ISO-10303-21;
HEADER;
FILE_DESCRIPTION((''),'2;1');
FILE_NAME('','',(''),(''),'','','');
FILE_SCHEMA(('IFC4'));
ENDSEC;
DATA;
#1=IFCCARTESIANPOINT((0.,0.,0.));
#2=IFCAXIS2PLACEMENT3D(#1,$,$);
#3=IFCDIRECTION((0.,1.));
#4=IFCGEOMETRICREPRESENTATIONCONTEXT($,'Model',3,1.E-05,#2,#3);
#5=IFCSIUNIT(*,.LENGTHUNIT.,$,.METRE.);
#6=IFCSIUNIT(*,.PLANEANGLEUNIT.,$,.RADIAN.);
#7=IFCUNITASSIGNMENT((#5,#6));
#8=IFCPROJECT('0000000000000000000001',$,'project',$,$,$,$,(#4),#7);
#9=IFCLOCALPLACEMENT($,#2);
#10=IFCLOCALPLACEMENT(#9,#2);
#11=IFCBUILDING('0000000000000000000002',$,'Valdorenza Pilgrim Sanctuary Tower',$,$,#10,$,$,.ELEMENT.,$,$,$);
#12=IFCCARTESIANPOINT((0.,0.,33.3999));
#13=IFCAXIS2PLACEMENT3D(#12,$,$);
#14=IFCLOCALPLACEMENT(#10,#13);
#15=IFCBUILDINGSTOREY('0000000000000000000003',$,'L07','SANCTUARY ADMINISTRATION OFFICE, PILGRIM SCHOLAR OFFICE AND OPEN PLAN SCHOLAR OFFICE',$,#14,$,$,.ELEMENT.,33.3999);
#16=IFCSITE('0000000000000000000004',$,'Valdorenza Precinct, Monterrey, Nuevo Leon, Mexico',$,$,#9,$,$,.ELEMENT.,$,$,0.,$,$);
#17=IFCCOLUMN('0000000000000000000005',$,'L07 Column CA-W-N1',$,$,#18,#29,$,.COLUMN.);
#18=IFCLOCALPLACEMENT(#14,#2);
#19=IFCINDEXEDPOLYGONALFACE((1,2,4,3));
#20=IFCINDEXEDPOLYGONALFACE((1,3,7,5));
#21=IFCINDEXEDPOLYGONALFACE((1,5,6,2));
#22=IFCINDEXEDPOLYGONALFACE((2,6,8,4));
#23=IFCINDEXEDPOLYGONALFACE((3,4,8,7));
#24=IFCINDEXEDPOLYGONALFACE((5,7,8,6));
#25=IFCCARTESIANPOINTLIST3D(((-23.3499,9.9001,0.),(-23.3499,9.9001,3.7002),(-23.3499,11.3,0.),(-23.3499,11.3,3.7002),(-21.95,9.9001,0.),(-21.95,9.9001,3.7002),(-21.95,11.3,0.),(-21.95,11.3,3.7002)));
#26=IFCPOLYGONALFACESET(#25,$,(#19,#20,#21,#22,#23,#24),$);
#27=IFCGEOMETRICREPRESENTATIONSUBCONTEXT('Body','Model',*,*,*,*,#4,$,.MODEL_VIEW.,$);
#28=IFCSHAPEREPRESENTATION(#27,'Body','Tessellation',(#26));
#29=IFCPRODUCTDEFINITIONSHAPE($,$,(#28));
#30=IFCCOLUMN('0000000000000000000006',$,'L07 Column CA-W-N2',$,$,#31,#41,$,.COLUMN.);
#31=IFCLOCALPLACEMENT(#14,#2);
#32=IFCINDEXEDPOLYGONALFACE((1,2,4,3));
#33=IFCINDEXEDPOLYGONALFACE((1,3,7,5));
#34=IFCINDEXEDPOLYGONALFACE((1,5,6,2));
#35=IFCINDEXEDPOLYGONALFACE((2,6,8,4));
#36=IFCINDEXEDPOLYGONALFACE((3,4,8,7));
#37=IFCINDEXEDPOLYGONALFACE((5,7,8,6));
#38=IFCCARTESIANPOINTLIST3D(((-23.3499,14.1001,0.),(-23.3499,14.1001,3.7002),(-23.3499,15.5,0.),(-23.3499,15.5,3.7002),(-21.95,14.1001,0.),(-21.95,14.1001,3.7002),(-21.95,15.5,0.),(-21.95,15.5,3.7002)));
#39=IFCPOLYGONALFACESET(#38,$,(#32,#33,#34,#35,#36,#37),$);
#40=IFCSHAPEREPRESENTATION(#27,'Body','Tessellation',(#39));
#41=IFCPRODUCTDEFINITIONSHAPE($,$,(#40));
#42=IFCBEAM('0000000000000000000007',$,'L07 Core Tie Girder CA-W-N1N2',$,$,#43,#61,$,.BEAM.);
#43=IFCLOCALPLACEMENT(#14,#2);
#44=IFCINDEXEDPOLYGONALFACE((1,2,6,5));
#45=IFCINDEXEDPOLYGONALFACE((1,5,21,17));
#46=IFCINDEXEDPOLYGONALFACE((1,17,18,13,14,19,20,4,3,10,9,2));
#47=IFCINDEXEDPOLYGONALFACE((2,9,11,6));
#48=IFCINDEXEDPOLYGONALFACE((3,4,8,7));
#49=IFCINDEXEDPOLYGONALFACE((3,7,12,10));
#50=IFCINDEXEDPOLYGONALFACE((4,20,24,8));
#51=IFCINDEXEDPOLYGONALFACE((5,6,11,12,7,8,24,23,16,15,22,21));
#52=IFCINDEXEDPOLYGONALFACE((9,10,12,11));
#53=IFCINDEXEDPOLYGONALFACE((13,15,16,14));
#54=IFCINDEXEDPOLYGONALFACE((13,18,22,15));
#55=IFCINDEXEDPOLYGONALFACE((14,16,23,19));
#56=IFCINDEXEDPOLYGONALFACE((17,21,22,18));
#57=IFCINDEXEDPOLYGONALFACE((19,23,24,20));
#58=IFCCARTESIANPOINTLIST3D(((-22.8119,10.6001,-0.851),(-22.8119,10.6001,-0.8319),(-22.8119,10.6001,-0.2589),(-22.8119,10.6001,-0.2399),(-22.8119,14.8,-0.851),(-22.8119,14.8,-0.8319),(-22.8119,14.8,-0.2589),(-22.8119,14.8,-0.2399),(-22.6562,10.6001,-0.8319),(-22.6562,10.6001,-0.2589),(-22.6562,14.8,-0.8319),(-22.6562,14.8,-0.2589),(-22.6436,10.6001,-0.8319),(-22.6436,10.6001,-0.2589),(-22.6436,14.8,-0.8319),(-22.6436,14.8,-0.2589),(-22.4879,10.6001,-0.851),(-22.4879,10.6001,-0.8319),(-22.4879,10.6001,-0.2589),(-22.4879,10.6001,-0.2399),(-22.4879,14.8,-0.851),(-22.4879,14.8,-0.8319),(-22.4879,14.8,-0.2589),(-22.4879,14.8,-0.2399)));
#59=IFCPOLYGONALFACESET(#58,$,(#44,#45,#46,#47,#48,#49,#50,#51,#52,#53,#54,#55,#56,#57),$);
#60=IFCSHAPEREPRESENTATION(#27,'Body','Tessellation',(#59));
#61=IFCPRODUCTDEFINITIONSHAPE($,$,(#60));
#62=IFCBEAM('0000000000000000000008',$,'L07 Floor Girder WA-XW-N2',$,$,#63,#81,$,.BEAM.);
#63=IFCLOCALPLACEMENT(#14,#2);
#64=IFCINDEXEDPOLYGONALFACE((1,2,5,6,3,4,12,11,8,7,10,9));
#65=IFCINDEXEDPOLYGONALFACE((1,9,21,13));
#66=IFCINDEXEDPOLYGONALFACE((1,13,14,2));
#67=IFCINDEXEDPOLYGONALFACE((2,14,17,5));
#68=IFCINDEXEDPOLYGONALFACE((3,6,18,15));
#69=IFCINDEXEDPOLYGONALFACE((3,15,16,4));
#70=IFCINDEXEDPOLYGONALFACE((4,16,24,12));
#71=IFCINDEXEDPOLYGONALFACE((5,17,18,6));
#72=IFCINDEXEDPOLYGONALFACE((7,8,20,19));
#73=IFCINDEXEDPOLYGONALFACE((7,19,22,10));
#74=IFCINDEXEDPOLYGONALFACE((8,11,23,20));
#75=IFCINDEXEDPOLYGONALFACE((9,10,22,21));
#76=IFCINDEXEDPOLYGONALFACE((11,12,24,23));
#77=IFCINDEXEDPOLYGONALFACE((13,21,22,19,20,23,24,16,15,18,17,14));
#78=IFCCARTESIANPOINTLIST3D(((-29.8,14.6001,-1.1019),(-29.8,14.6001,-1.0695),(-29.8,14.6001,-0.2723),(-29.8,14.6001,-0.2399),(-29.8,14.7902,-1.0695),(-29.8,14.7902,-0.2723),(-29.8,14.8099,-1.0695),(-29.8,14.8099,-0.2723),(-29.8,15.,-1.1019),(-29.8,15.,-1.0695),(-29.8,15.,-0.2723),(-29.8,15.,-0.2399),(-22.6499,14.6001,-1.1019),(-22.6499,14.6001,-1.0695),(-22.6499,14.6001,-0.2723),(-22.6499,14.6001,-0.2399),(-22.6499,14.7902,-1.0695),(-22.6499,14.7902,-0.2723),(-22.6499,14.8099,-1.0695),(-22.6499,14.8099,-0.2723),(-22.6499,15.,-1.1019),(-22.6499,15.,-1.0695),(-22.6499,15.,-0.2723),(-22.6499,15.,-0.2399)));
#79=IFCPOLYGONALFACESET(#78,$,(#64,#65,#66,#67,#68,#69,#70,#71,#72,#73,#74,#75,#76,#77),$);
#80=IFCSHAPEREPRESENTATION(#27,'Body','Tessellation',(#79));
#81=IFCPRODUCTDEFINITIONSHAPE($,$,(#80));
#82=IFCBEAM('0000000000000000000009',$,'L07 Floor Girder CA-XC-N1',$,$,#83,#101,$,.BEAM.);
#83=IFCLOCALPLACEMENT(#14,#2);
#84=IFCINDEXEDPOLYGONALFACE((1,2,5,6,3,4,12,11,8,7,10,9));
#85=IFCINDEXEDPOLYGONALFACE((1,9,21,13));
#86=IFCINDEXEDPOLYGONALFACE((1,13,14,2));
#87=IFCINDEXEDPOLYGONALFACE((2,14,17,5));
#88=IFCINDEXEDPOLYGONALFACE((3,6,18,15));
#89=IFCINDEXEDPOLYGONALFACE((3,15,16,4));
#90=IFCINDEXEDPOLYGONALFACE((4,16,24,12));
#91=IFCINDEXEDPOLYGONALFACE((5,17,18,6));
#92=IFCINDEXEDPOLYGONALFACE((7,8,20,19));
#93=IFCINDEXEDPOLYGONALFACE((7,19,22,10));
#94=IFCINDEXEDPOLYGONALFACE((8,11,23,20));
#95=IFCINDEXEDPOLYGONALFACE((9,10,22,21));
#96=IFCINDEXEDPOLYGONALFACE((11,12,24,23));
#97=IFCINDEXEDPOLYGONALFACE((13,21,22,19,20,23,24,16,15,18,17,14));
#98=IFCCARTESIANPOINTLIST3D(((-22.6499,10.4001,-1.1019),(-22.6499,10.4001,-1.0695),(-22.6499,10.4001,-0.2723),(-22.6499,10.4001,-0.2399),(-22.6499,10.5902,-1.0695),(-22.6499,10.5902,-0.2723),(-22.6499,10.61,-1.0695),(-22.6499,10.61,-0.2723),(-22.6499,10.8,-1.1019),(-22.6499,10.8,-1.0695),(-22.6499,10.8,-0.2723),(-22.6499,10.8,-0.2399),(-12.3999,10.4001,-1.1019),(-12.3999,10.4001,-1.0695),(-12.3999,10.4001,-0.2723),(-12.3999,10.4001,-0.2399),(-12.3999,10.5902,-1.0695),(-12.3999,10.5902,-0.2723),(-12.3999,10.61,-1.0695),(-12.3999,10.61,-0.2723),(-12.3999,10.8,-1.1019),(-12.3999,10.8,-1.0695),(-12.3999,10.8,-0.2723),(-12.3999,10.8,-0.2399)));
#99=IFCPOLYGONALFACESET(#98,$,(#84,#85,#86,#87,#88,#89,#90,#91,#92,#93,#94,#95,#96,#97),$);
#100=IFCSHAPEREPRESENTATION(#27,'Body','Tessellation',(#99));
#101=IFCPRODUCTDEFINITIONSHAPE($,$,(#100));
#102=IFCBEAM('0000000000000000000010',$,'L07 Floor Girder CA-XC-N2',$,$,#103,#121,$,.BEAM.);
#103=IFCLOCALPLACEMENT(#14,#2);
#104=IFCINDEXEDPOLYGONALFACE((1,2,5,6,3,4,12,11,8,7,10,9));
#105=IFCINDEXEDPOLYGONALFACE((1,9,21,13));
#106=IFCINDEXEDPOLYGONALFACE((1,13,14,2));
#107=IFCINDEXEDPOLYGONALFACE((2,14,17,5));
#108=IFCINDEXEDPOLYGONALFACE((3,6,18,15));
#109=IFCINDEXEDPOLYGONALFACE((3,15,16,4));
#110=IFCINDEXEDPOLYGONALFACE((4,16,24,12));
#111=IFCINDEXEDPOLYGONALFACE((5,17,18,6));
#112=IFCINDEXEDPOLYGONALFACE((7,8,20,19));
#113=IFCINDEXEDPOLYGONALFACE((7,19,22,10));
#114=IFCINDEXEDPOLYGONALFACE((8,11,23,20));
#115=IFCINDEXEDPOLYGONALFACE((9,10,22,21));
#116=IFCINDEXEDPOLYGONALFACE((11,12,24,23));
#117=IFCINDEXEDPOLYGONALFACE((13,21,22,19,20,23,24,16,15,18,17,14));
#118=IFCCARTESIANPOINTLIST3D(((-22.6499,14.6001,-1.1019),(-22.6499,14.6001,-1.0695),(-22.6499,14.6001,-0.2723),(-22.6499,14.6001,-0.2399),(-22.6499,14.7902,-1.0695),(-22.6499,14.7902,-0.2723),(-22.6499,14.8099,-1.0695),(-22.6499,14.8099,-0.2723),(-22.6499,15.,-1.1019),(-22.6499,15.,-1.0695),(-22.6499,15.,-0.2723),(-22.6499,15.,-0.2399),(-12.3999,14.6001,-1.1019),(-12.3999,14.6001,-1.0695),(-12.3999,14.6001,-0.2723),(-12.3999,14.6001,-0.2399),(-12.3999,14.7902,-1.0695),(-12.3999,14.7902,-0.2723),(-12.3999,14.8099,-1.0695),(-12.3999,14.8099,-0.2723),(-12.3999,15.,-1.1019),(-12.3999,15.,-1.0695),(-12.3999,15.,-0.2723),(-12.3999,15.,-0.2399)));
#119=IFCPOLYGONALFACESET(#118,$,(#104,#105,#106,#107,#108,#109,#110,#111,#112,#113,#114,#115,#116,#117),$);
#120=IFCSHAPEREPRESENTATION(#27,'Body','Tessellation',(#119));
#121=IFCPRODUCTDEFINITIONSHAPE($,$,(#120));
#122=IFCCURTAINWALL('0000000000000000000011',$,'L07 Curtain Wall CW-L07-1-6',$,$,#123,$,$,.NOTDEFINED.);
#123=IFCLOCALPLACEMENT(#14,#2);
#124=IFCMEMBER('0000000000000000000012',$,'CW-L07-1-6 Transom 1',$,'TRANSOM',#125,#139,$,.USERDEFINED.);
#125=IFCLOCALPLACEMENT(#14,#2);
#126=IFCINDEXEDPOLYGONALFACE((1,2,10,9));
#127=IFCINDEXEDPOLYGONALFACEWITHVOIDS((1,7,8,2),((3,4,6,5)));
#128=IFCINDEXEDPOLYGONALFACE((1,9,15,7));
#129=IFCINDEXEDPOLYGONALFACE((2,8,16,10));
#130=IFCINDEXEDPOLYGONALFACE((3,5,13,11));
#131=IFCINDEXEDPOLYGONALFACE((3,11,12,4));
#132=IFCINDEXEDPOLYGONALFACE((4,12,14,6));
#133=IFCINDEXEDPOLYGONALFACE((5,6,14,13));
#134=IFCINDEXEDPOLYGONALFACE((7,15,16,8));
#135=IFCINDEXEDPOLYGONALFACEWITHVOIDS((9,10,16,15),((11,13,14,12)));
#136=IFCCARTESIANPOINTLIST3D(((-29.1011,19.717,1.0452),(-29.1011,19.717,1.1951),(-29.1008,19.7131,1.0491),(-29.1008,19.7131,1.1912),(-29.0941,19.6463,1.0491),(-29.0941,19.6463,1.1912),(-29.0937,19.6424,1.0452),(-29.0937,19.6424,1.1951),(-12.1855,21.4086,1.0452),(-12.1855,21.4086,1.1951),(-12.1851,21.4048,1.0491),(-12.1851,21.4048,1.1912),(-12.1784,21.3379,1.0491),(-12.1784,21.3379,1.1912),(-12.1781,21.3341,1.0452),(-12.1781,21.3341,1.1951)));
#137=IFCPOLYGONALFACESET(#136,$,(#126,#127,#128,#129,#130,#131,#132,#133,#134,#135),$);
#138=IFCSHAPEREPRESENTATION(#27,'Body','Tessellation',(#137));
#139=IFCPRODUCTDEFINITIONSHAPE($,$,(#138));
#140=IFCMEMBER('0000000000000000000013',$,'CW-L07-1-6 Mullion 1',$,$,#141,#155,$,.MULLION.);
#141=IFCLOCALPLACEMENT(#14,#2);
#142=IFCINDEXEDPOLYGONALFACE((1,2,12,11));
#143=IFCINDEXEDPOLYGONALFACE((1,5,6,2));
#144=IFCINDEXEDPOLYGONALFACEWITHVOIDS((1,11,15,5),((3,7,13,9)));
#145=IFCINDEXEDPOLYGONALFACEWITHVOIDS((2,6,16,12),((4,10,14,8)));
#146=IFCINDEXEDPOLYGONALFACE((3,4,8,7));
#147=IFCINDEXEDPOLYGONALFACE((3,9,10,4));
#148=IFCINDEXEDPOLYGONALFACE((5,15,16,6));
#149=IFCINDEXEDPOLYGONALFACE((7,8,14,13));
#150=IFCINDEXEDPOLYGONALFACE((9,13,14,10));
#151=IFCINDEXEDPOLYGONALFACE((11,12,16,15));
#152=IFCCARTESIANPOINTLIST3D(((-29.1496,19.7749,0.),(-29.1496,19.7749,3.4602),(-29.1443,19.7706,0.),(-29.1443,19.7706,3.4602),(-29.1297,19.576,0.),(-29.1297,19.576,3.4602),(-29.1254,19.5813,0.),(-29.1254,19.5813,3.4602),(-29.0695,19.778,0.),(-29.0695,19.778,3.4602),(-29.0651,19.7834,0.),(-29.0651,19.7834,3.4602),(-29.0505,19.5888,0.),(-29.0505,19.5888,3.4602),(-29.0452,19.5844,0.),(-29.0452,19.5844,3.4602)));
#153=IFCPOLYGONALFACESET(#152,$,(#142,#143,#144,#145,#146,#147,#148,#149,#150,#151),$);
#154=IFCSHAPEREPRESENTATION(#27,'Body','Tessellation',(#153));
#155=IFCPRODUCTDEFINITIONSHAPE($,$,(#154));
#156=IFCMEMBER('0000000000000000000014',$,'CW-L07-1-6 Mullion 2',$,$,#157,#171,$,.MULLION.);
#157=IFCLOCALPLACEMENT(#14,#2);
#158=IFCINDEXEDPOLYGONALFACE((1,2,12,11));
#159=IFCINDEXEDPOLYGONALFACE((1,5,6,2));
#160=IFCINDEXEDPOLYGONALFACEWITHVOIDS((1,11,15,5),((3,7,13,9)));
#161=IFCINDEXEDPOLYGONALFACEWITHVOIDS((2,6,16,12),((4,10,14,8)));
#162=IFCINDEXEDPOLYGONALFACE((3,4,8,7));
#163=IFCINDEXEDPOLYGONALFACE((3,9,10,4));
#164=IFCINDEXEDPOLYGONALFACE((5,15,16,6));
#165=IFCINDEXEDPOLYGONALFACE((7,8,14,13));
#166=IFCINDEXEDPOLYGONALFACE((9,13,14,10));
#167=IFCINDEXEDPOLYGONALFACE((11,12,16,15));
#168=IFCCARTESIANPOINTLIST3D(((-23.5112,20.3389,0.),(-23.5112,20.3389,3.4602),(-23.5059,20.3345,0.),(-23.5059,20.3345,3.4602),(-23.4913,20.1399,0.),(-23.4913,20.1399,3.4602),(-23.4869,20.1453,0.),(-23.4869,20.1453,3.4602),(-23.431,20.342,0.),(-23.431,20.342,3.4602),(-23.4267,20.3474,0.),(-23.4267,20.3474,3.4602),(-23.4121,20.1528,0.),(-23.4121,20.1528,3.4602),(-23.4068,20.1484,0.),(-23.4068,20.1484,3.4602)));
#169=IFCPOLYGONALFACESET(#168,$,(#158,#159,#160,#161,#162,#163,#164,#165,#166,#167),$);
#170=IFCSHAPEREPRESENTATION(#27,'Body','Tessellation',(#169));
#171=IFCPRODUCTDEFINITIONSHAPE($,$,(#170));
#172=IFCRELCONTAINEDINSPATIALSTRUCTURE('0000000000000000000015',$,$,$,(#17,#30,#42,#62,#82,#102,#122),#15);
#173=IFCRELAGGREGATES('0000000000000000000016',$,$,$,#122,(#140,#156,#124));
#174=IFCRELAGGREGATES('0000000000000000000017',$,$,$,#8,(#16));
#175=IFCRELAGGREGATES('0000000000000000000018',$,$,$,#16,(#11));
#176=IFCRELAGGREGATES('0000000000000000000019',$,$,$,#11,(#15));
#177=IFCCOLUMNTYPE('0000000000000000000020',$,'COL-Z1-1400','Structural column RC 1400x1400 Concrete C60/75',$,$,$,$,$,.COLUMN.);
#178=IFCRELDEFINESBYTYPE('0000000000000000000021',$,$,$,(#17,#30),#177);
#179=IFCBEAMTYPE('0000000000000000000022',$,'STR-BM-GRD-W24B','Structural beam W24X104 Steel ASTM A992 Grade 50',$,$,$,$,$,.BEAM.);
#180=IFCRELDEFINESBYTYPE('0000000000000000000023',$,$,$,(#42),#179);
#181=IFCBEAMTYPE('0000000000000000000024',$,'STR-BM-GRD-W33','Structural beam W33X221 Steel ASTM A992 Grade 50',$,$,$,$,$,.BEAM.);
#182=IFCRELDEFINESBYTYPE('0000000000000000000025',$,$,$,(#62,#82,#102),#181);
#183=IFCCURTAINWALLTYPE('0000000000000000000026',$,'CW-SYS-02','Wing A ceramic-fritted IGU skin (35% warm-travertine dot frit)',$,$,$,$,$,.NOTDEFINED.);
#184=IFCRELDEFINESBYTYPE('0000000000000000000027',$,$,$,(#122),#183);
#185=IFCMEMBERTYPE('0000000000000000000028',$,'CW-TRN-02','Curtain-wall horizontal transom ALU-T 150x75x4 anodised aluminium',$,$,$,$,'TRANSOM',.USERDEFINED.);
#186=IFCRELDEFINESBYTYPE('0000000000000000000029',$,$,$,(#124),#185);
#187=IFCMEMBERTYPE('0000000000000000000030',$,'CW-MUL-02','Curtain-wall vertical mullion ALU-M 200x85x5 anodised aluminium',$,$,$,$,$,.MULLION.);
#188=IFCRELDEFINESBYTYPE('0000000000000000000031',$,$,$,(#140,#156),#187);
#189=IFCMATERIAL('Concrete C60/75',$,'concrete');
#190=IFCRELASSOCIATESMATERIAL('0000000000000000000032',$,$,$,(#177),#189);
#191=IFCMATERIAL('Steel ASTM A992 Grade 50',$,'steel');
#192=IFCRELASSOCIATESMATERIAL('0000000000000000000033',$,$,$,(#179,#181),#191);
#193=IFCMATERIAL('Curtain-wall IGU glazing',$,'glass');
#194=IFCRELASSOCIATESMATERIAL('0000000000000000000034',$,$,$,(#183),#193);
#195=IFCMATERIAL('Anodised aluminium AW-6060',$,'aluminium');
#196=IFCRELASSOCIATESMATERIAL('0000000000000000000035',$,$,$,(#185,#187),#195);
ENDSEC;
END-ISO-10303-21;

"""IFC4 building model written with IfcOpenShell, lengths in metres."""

from ifc_helpers import new_model, si_unit, direction, frame, origin, origin_2d, place, context, subcontext, project, spatial, rectangle, hollow_rectangle, i_section, extrude, source, transform, mapped, material, material_profile, profile_set, type_object, element, aggregate, save


model = new_model("IFC4")

# Units and contexts
model_context = context("Model", 3, precision=1e-05, world=origin(), true_north=direction((0.0, 1.0)))
body_context = subcontext(model_context, "Body", "Model", "MODEL_VIEW")
ifc_project = project(units=[si_unit("LENGTHUNIT", "METRE"), si_unit("PLANEANGLEUNIT", "RADIAN")], contexts=[model_context])

# Site, building, storey
site_placement = place(None, origin())
site = spatial("IfcSite", under=ifc_project, at=site_placement, Name="Valdorenza Precinct, Monterrey, Nuevo Leon, Mexico", CompositionType="ELEMENT", RefElevation=0.0)
building_placement = place(site_placement, origin())
building = spatial("IfcBuilding", under=site, at=building_placement, Name="Valdorenza Pilgrim Sanctuary Tower", CompositionType="ELEMENT")
storey_placement = place(building_placement, frame((0.0, 0.0, 33.3999)))
storey = spatial("IfcBuildingStorey", under=building, at=storey_placement, Name="L07", Description="SANCTUARY ADMINISTRATION OFFICE, PILGRIM SCHOLAR OFFICE AND OPEN PLAN SCHOLAR OFFICE", CompositionType="ELEMENT", Elevation=33.3999)

# Columns
ifc_material_1 = material(Name="Concrete C60/75", Category="concrete")
ifc_material_profile_1 = material_profile(ifc_material_1, rectangle(XDim=1.3999, YDim=1.3999, at=origin_2d()), Name="RC 1400x1400")
ifc_profile_set_1 = profile_set([ifc_material_profile_1], Name="Concrete C60/75")
column_type = type_object("IfcColumnType", Name="COL-Z1-1400", Description="Structural column RC 1400x1400 Concrete C60/75", PredefinedType="COLUMN", material=ifc_profile_set_1)
shared_shape_1 = source(origin(), body_context, "Body", "SweptSolid", [
    extrude(rectangle(XDim=1.3999, YDim=1.3999, at=origin_2d()), origin(), (0.0, 0.0, 1.0), 3.7002),
])
for number, where, z_axis, x_axis, name in (
    (1, (-22.6499, 10.6001, 0.0), (0.0, 0.0, 1.0), (1.0, 0.0, 0.0), "L07 Column CA-W-N1"),
    (2, (-22.6499, 14.8, 0.0), (0.0, 0.0, 1.0), (1.0, 0.0, 0.0), "L07 Column CA-W-N2"),
):
    element("IfcColumn", number, at=place(storey_placement, frame(where, z_axis=z_axis, x_axis=x_axis)), inside=storey, type_object=column_type, Name=name, PredefinedType="COLUMN", context=body_context, shape_type="MappedRepresentation", body=[
        mapped(shared_shape_1, transform((0.0, 0.0, 0.0), x_axis=(1.0, 0.0, 0.0), y_axis=(0.0, 1.0, 0.0), z_axis=(0.0, 0.0, 1.0), scale=1.0)),
    ])

# Beams
ifc_material_2 = material(Name="Steel ASTM A992 Grade 50", Category="steel")
ifc_material_profile_2 = material_profile(ifc_material_2, i_section(OverallWidth=0.324, OverallDepth=0.6111, WebThickness=0.0127, FlangeThickness=0.019, at=origin_2d()), Name="W24X104")
ifc_profile_set_2 = profile_set([ifc_material_profile_2], Name="Steel ASTM A992 Grade 50")
beam_type_1 = type_object("IfcBeamType", Name="STR-BM-GRD-W24B", Description="Structural beam W24X104 Steel ASTM A992 Grade 50", PredefinedType="BEAM", material=ifc_profile_set_2)
shared_shape_2 = source(origin(), body_context, "Body", "SweptSolid", [
    extrude(i_section(OverallWidth=0.324, OverallDepth=0.6111, WebThickness=0.0127, FlangeThickness=0.019, at=origin_2d()), origin(), (0.0, 0.0, 1.0), 4.2),
])
beam_1_placement = place(storey_placement, frame((-22.6499, 10.6001, -0.5454), z_axis=(0.0, 1.0, 0.0), x_axis=(-1.0, 0.0, 0.0)))
element("IfcBeam", 3, at=beam_1_placement, inside=storey, type_object=beam_type_1, Name="L07 Core Tie Girder CA-W-N1N2", PredefinedType="BEAM", context=body_context, shape_type="MappedRepresentation", body=[
    mapped(shared_shape_2, transform((0.0, 0.0, 0.0), x_axis=(1.0, 0.0, 0.0), y_axis=(0.0, 1.0, 0.0), z_axis=(0.0, 0.0, 1.0), scale=1.0)),
])
ifc_material_profile_3 = material_profile(ifc_material_2, i_section(OverallWidth=0.3999, OverallDepth=0.8621, WebThickness=0.0198, FlangeThickness=0.0325, at=origin_2d()), Name="W33X221")
ifc_profile_set_3 = profile_set([ifc_material_profile_3], Name="Steel ASTM A992 Grade 50")
beam_type_2 = type_object("IfcBeamType", Name="STR-BM-GRD-W33", Description="Structural beam W33X221 Steel ASTM A992 Grade 50", PredefinedType="BEAM", material=ifc_profile_set_3)
shared_shape_3 = source(origin(), body_context, "Body", "SweptSolid", [
    extrude(i_section(OverallWidth=0.3999, OverallDepth=0.8621, WebThickness=0.0198, FlangeThickness=0.0325, at=origin_2d()), origin(), (0.0, 0.0, 1.0), 7.1501),
])
beam_2_placement = place(storey_placement, frame((-29.8, 14.8, -0.6709), z_axis=(1.0, 0.0, 0.0), x_axis=(0.0, 1.0, 0.0)))
element("IfcBeam", 4, at=beam_2_placement, inside=storey, type_object=beam_type_2, Name="L07 Floor Girder WA-XW-N2", PredefinedType="BEAM", context=body_context, shape_type="MappedRepresentation", body=[
    mapped(shared_shape_3, transform((0.0, 0.0, 0.0), x_axis=(1.0, 0.0, 0.0), y_axis=(0.0, 1.0, 0.0), z_axis=(0.0, 0.0, 1.0), scale=1.0)),
])
shared_shape_4 = source(origin(), body_context, "Body", "SweptSolid", [
    extrude(i_section(OverallWidth=0.3999, OverallDepth=0.8621, WebThickness=0.0198, FlangeThickness=0.0325, at=origin_2d()), origin(), (0.0, 0.0, 1.0), 10.25),
])
for number, where, z_axis, x_axis, name in (
    (5, (-22.6499, 10.6001, -0.6709), (1.0, 0.0, 0.0), (0.0, 1.0, 0.0), "L07 Floor Girder CA-XC-N1"),
    (6, (-22.6499, 14.8, -0.6709), (1.0, 0.0, 0.0), (0.0, 1.0, 0.0), "L07 Floor Girder CA-XC-N2"),
):
    element("IfcBeam", number, at=place(storey_placement, frame(where, z_axis=z_axis, x_axis=x_axis)), inside=storey, type_object=beam_type_2, Name=name, PredefinedType="BEAM", context=body_context, shape_type="MappedRepresentation", body=[
        mapped(shared_shape_4, transform((0.0, 0.0, 0.0), x_axis=(1.0, 0.0, 0.0), y_axis=(0.0, 1.0, 0.0), z_axis=(0.0, 0.0, 1.0), scale=1.0)),
    ])

# Curtain wall, members
ifc_material_3 = material(Name="Curtain-wall IGU glazing", Category="glass")
curtain_wall_type = type_object("IfcCurtainWallType", Name="CW-SYS-02", Description="Wing A ceramic-fritted IGU skin (35% warm-travertine dot frit)", PredefinedType="NOTDEFINED", material=ifc_material_3)
curtain_wall_placement = place(storey_placement, origin())
curtain_wall = element("IfcCurtainWall", 7, at=curtain_wall_placement, inside=storey, type_object=curtain_wall_type, Name="L07 Curtain Wall CW-L07-1-6", PredefinedType="NOTDEFINED")
ifc_material_4 = material(Name="Anodised aluminium AW-6060", Category="aluminium")
ifc_material_profile_4 = material_profile(ifc_material_4, hollow_rectangle(XDim=0.075, YDim=0.1499, WallThickness=0.0039, at=origin_2d()), Name="ALU-T 150x75x4")
ifc_profile_set_4 = profile_set([ifc_material_profile_4], Name="Anodised aluminium AW-6060")
member_type_1 = type_object("IfcMemberType", Name="CW-TRN-02", Description="Curtain-wall horizontal transom ALU-T 150x75x4 anodised aluminium", ElementType="TRANSOM", PredefinedType="USERDEFINED", material=ifc_profile_set_4)
shared_shape_5 = source(origin(), body_context, "Body", "SweptSolid", [
    extrude(hollow_rectangle(XDim=0.075, YDim=0.1499, WallThickness=0.0039, at=origin_2d()), origin(), (0.0, 0.0, 1.0), 17.0),
])
member_1_placement = place(storey_placement, frame((-29.0974, 19.6797, 1.1201), z_axis=(0.995037, 0.099509, 0.0), x_axis=(-0.099509, 0.995037, 0.0)))
member_1 = element("IfcMember", 8, at=member_1_placement, type_object=member_type_1, Name="CW-L07-1-6 Transom 1", ObjectType="TRANSOM", PredefinedType="USERDEFINED", context=body_context, shape_type="MappedRepresentation", body=[
    mapped(shared_shape_5, transform((0.0, 0.0, 0.0), x_axis=(1.0, 0.0, 0.0), y_axis=(0.0, 1.0, 0.0), z_axis=(0.0, 0.0, 1.0), scale=1.0)),
])
ifc_material_profile_5 = material_profile(ifc_material_4, hollow_rectangle(XDim=0.085, YDim=0.2, WallThickness=0.0049, at=origin_2d()), Name="ALU-M 200x85x5")
ifc_profile_set_5 = profile_set([ifc_material_profile_5], Name="Anodised aluminium AW-6060")
member_type_2 = type_object("IfcMemberType", Name="CW-MUL-02", Description="Curtain-wall vertical mullion ALU-M 200x85x5 anodised aluminium", PredefinedType="MULLION", material=ifc_profile_set_5)
shared_shape_6 = source(origin(), body_context, "Body", "SweptSolid", [
    extrude(hollow_rectangle(XDim=0.085, YDim=0.2, WallThickness=0.0049, at=origin_2d()), origin(), (0.0, 0.0, 1.0), 3.4602),
])
member_2_placement = place(storey_placement, frame((-29.0974, 19.6797, 0.0), z_axis=(0.0, 0.0, 1.0), x_axis=(0.995038, 0.099493, 0.0)))
member_2 = element("IfcMember", 9, at=member_2_placement, type_object=member_type_2, Name="CW-L07-1-6 Mullion 1", PredefinedType="MULLION", context=body_context, shape_type="MappedRepresentation", body=[
    mapped(shared_shape_6, transform((0.0, 0.0, 0.0), x_axis=(1.0, 0.0, 0.0), y_axis=(0.0, 1.0, 0.0), z_axis=(0.0, 0.0, 1.0), scale=1.0)),
])
member_3_placement = place(storey_placement, frame((-23.459, 20.2437, 0.0), z_axis=(0.0, 0.0, 1.0), x_axis=(0.995038, 0.099493, 0.0)))
member_3 = element("IfcMember", 10, at=member_3_placement, type_object=member_type_2, Name="CW-L07-1-6 Mullion 2", PredefinedType="MULLION", context=body_context, shape_type="MappedRepresentation", body=[
    mapped(shared_shape_6, transform((0.0, 0.0, 0.0), x_axis=(1.0, 0.0, 0.0), y_axis=(0.0, 1.0, 0.0), z_axis=(0.0, 0.0, 1.0), scale=1.0)),
])
aggregate(curtain_wall, [member_2, member_3, member_1])

save(model, "model.ifc")
